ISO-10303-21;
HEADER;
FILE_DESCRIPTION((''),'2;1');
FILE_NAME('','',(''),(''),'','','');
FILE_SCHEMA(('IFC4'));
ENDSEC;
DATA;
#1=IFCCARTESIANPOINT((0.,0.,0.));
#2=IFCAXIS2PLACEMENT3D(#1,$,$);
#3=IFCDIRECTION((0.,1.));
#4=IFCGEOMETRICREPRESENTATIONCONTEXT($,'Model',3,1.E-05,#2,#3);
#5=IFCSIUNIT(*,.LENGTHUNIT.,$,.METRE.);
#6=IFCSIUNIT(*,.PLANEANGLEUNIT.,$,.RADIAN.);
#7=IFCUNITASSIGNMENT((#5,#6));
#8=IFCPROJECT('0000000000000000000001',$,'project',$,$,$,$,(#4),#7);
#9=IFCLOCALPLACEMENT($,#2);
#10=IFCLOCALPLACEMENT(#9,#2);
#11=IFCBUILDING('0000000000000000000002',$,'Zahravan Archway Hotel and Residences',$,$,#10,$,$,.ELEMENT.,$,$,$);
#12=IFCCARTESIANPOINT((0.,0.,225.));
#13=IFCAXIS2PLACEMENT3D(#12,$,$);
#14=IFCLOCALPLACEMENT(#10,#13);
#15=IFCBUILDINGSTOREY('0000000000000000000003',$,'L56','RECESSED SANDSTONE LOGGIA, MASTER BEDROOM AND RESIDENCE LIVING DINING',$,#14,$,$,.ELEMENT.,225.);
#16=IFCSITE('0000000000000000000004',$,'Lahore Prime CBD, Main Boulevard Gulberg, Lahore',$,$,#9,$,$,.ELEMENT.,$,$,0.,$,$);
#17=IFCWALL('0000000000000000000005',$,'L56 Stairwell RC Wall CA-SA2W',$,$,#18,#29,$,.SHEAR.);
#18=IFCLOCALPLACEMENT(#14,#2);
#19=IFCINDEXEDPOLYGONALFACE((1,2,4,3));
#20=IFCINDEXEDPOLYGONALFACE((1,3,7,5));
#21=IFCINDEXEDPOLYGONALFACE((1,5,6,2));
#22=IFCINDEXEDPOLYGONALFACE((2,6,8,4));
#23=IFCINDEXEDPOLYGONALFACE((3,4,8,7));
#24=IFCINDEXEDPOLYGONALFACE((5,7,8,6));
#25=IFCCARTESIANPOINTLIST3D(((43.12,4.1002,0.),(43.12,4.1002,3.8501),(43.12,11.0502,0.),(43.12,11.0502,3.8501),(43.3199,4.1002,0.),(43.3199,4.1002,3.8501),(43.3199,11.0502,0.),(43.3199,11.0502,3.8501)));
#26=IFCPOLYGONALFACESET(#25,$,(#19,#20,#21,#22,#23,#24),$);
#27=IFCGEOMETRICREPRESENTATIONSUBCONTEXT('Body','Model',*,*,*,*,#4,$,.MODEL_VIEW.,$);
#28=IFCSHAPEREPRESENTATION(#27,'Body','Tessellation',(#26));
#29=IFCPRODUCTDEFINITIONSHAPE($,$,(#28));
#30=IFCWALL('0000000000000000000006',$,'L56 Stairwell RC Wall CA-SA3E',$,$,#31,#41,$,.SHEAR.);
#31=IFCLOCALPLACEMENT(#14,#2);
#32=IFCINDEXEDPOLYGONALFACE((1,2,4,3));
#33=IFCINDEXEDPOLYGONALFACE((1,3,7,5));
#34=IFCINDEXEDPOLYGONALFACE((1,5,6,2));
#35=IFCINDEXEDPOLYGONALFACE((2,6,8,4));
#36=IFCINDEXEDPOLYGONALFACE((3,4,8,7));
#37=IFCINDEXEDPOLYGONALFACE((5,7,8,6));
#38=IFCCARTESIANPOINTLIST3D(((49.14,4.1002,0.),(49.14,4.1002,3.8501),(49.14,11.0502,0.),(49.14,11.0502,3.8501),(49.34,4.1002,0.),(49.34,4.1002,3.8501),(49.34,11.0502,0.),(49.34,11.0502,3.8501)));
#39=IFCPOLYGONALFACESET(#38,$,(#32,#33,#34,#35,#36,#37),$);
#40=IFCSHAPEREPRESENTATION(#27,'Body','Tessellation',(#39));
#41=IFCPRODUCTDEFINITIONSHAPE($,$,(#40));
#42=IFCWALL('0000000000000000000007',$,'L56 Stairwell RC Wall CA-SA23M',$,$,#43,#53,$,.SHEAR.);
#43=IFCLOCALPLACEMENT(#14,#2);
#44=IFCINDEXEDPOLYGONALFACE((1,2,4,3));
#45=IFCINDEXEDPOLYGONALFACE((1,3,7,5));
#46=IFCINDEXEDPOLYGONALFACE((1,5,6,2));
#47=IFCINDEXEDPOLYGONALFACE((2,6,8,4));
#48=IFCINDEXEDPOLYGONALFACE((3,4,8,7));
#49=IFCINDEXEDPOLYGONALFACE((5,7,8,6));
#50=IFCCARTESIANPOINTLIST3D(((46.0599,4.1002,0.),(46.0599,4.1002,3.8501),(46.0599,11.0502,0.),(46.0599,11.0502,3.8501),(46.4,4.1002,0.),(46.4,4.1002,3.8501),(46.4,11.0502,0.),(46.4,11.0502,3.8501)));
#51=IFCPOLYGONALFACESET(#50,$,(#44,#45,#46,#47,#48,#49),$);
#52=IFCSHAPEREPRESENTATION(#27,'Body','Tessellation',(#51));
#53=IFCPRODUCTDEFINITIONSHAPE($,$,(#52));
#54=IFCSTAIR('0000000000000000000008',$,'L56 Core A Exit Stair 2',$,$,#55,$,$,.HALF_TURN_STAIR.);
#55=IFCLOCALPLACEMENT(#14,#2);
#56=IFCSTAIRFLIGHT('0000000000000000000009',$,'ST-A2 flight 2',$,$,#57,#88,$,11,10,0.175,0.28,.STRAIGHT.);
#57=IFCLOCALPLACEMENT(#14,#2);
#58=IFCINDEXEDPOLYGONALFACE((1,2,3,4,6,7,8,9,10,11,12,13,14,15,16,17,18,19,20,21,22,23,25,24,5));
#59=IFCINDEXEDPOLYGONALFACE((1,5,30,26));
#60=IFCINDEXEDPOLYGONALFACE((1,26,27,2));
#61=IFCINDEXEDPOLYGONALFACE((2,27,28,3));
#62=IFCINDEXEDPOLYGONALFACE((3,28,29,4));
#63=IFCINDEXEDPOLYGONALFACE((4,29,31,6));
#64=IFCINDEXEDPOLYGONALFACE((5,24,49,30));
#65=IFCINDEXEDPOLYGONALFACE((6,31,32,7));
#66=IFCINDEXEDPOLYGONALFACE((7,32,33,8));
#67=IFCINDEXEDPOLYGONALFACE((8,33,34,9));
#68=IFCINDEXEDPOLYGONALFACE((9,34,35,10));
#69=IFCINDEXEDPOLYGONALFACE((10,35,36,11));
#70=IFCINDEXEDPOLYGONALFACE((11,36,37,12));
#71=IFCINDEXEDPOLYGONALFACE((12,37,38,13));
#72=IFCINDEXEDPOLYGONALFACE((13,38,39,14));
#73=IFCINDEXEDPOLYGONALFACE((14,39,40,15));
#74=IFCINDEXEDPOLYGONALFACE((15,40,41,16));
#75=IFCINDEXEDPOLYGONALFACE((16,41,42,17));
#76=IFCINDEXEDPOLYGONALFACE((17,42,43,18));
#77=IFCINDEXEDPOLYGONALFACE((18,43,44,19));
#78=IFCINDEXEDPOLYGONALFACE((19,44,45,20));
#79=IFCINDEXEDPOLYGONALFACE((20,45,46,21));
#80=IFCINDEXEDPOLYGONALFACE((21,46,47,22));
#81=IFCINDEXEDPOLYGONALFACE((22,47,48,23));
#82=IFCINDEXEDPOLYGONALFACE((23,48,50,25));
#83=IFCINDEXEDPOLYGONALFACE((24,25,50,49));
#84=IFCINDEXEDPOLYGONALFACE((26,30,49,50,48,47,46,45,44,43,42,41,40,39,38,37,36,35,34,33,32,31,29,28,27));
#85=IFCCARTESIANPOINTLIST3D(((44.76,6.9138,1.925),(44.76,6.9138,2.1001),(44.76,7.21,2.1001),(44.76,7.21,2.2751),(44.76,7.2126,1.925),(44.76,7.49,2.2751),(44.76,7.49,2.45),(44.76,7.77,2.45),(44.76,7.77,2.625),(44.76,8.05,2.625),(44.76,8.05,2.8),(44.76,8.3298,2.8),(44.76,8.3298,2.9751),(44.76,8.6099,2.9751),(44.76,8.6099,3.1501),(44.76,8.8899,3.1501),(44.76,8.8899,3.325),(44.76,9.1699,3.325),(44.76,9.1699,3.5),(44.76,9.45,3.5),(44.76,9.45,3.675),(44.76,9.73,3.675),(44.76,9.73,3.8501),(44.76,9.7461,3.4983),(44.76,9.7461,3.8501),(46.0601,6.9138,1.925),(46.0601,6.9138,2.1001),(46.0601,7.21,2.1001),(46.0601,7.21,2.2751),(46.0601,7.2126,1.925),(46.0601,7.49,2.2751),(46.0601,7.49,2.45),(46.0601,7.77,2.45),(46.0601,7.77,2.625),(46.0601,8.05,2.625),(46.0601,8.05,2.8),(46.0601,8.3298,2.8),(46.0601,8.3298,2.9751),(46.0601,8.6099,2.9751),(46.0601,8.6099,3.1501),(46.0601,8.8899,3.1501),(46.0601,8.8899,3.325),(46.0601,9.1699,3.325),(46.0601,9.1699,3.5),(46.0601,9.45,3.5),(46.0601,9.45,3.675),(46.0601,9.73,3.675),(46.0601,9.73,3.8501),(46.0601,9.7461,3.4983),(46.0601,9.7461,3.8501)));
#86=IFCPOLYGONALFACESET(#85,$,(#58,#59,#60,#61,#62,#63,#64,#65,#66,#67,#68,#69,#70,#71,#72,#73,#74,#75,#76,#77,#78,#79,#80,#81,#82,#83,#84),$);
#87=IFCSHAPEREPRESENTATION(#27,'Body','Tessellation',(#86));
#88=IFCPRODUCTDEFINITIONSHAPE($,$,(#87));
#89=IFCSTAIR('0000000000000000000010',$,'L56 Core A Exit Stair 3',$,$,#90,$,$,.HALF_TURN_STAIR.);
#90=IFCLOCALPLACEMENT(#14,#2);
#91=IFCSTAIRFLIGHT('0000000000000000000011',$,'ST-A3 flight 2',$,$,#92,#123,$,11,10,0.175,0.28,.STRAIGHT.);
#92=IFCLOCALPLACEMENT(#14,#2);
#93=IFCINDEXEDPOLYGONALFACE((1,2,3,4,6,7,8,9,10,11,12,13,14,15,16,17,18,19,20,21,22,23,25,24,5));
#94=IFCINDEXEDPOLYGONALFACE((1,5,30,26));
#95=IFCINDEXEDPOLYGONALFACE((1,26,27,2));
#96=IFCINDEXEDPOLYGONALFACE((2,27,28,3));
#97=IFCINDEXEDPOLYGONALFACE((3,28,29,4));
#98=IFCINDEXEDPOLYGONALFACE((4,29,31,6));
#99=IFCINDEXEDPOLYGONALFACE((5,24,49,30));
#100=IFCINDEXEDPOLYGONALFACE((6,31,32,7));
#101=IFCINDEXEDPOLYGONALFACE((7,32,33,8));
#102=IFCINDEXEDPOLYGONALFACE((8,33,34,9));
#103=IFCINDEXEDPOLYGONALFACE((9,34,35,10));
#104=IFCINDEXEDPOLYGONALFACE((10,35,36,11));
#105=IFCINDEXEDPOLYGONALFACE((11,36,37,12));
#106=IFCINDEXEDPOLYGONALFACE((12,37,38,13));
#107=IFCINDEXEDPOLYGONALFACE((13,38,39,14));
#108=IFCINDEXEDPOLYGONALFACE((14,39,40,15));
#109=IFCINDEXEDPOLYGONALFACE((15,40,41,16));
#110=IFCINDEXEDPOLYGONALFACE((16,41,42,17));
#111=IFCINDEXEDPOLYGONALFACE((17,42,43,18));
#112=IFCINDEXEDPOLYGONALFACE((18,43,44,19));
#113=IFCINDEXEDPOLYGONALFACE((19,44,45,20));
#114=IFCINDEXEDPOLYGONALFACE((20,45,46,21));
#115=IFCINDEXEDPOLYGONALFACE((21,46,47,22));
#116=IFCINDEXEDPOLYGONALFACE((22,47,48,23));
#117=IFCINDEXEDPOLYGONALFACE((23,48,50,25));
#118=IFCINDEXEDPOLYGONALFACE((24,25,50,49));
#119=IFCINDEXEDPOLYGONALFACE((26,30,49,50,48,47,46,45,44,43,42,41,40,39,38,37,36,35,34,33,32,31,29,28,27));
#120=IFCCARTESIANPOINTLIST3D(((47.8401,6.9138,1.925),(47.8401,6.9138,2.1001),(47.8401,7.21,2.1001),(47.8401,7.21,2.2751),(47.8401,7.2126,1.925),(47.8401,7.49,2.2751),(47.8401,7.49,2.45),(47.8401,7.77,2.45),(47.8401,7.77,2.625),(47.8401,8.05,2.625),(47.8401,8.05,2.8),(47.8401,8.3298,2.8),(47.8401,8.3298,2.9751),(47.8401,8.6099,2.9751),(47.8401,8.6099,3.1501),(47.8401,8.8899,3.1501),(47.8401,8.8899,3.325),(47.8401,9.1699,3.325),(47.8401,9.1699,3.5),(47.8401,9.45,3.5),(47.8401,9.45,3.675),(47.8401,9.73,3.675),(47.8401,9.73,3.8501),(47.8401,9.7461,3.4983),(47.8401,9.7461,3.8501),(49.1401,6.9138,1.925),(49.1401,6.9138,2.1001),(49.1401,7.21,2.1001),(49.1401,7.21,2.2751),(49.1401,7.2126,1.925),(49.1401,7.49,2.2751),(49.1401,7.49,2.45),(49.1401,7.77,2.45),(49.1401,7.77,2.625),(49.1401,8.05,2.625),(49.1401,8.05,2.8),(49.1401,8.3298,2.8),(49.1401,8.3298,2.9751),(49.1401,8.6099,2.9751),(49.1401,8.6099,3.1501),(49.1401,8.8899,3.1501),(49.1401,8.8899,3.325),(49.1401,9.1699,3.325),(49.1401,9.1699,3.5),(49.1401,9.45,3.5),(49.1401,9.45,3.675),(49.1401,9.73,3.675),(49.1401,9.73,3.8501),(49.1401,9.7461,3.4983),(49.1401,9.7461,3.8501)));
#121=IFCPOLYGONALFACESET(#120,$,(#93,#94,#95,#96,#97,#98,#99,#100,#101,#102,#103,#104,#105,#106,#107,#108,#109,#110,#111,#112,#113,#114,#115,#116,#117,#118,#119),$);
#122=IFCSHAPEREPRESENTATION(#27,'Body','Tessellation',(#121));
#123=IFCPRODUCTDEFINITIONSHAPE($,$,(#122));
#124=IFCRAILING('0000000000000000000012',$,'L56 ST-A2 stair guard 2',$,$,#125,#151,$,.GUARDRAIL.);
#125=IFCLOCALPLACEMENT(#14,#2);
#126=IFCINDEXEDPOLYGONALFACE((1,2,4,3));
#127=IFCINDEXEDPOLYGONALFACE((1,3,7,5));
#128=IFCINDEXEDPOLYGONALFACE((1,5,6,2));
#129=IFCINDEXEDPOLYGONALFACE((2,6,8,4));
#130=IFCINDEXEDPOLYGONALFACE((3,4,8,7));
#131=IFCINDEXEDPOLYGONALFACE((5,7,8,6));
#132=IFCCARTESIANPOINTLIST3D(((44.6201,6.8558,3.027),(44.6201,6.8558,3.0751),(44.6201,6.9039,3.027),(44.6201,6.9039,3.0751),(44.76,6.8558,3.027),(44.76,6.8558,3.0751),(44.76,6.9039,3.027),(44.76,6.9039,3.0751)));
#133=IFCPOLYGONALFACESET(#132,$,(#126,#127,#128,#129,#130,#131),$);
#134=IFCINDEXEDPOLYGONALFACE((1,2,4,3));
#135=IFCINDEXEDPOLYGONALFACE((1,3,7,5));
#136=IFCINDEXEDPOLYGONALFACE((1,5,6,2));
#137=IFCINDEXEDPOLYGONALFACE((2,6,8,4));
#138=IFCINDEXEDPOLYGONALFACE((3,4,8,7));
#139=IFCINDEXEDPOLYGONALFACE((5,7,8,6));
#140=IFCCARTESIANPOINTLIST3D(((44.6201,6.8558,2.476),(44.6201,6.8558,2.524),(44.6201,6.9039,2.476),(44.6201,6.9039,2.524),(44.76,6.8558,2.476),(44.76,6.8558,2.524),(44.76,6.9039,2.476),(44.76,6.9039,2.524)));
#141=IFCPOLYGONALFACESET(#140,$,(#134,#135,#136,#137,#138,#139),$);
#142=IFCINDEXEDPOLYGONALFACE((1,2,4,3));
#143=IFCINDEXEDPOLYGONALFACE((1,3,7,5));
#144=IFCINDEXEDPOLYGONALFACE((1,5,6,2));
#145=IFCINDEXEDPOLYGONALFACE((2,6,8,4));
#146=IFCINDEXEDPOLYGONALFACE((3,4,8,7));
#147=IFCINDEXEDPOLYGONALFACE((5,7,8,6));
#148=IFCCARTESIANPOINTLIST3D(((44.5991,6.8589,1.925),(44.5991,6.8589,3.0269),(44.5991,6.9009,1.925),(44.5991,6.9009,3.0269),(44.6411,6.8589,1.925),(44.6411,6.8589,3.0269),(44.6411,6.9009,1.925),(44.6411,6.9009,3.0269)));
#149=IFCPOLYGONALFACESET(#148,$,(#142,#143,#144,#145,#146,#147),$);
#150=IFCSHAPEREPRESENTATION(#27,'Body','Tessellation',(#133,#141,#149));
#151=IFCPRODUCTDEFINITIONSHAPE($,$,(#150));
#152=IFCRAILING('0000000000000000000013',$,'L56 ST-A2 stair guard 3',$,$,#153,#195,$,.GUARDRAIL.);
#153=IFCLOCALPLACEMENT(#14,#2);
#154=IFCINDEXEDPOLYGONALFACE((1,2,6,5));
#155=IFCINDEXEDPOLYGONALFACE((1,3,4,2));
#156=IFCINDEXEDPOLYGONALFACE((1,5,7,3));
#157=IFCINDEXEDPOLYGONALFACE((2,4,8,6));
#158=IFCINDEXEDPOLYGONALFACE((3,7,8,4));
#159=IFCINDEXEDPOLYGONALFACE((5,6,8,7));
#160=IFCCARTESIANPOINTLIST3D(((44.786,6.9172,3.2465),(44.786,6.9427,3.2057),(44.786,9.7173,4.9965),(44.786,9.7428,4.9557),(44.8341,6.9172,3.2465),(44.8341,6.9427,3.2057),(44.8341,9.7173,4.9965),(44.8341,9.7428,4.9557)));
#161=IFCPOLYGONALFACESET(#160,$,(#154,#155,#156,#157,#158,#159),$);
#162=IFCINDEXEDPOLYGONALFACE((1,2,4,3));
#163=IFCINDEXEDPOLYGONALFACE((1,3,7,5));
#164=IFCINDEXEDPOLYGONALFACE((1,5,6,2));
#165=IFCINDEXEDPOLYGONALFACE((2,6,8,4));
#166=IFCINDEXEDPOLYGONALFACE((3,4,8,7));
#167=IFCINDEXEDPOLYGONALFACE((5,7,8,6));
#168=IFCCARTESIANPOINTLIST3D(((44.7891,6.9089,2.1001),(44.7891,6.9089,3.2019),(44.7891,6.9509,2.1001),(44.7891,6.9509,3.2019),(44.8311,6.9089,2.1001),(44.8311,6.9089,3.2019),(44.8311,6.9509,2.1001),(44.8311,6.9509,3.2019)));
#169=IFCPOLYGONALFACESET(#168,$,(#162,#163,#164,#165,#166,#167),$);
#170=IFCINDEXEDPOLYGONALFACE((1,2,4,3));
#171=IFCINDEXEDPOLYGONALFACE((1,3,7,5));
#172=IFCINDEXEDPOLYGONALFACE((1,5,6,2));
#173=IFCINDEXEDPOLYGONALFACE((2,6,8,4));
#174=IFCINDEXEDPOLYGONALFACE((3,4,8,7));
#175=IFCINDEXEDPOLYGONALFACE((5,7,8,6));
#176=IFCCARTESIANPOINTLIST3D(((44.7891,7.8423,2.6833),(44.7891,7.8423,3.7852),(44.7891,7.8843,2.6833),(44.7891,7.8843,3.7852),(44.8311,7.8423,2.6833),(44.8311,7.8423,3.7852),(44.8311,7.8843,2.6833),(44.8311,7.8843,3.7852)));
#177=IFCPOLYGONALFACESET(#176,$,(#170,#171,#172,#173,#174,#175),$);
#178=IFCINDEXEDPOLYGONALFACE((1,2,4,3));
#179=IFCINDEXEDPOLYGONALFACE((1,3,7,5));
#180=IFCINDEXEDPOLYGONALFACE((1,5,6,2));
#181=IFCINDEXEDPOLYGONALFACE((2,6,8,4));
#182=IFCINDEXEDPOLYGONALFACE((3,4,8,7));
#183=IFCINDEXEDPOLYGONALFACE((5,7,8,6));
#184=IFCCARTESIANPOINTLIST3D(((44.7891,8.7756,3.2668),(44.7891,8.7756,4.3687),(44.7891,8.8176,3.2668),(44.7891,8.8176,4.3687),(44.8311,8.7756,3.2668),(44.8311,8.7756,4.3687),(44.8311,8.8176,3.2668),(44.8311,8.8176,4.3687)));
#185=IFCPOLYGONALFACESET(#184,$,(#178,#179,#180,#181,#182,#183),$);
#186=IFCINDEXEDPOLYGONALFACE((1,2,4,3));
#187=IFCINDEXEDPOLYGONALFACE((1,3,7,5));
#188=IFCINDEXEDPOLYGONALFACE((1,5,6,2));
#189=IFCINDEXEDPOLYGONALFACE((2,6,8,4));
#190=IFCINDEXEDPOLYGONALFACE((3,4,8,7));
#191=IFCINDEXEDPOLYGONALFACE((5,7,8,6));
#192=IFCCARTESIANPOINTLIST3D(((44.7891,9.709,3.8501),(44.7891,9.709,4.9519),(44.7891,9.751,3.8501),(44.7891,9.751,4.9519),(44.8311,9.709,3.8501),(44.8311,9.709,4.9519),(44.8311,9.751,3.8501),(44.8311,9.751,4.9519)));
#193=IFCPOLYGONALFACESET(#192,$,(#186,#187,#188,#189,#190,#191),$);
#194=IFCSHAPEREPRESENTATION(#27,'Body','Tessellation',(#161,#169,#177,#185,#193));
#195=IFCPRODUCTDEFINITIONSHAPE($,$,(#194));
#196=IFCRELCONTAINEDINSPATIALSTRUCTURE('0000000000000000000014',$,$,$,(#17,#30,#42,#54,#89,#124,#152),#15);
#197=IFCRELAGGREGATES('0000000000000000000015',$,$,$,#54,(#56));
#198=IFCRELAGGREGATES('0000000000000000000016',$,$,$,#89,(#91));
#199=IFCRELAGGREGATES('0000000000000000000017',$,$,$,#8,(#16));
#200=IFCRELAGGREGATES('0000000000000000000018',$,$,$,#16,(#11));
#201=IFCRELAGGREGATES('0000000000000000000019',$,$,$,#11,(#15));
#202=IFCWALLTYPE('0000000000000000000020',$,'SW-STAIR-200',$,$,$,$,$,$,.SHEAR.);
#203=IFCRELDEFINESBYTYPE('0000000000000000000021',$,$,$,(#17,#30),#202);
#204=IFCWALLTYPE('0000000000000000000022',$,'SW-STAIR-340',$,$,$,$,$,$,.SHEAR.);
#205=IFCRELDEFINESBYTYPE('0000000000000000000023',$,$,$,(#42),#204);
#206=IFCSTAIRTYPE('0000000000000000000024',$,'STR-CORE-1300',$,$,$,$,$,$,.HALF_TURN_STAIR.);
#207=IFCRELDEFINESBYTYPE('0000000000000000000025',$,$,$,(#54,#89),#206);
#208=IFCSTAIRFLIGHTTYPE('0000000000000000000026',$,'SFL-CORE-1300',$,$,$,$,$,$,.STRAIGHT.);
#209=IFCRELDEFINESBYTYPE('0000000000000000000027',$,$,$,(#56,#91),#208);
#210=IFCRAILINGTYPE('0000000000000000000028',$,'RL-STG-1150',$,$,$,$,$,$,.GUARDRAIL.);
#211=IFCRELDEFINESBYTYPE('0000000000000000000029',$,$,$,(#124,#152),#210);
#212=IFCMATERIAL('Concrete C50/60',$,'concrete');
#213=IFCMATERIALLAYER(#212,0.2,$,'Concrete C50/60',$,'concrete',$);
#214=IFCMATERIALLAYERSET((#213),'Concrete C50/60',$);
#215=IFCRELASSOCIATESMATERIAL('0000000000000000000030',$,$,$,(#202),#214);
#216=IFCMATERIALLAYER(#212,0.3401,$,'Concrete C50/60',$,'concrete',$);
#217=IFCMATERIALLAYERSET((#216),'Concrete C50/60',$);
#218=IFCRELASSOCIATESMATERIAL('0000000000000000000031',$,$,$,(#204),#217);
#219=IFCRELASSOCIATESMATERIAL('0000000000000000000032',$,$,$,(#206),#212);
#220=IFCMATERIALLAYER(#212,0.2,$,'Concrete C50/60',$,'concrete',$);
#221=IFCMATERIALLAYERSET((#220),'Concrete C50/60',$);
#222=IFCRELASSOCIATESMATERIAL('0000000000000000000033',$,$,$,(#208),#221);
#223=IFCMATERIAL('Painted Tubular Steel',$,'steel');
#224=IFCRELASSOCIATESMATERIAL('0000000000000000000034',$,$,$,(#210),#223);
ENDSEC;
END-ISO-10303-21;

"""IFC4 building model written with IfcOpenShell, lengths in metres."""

from ifc_helpers import new_model, si_unit, direction, frame, frame_2d, origin, origin_2d, place, context, subcontext, project, spatial, polyline, rectangle, outline, extrude, source, transform, mapped, material, layer, layer_set, type_object, element, aggregate, save


model = new_model("IFC4")

# Units and contexts
model_context = context("Model", 3, precision=1e-05, world=origin(), true_north=direction((0.0, 1.0)))
body_context = subcontext(model_context, "Body", "Model", "MODEL_VIEW")
ifc_project = project(units=[si_unit("LENGTHUNIT", "METRE"), si_unit("PLANEANGLEUNIT", "RADIAN")], contexts=[model_context])

# Site, building, storey
site_placement = place(None, origin())
site = spatial("IfcSite", under=ifc_project, at=site_placement, Name="Lahore Prime CBD, Main Boulevard Gulberg, Lahore", CompositionType="ELEMENT", RefElevation=0.0)
building_placement = place(site_placement, origin())
building = spatial("IfcBuilding", under=site, at=building_placement, Name="Zahravan Archway Hotel and Residences", CompositionType="ELEMENT")
storey_placement = place(building_placement, frame((0.0, 0.0, 225.0)))
storey = spatial("IfcBuildingStorey", under=building, at=storey_placement, Name="L56", Description="RECESSED SANDSTONE LOGGIA, MASTER BEDROOM AND RESIDENCE LIVING DINING", CompositionType="ELEMENT", Elevation=225.0)

# Shared definitions
ifc_material_1 = material(Name="Concrete C50/60", Category="concrete")

# Walls
ifc_layer_1 = layer(ifc_material_1, 0.2, Name="Concrete C50/60", Category="concrete")
ifc_layer_set_1 = layer_set([ifc_layer_1], Name="Concrete C50/60")
wall_type_1 = type_object("IfcWallType", Name="SW-STAIR-200", PredefinedType="SHEAR", material=ifc_layer_set_1)
for number, where, z_axis, x_axis, name in (
    (1, (43.22, 4.1001, 0.0), (0.0, 0.0, 1.0), (0.0, 1.0, 0.0), "L56 Stairwell RC Wall CA-SA2W"),
    (2, (49.24, 4.1001, 0.0), (0.0, 0.0, 1.0), (0.0, 1.0, 0.0), "L56 Stairwell RC Wall CA-SA3E"),
):
    element("IfcWall", number, at=place(storey_placement, frame(where, z_axis=z_axis, x_axis=x_axis)), inside=storey, type_object=wall_type_1, Name=name, PredefinedType="SHEAR", context=body_context, shape_type="SweptSolid", body=[
        extrude(rectangle(XDim=6.95, YDim=0.2, at=frame_2d((3.4751, 0.0))), origin(), (0.0, 0.0, 1.0), 3.8501),
    ])
ifc_layer_2 = layer(ifc_material_1, 0.3401, Name="Concrete C50/60", Category="concrete")
ifc_layer_set_2 = layer_set([ifc_layer_2], Name="Concrete C50/60")
wall_type_2 = type_object("IfcWallType", Name="SW-STAIR-340", PredefinedType="SHEAR", material=ifc_layer_set_2)
wall_1_placement = place(storey_placement, frame((46.23, 4.1001, 0.0), z_axis=(0.0, 0.0, 1.0), x_axis=(0.0, 1.0, 0.0)))
element("IfcWall", 3, at=wall_1_placement, inside=storey, type_object=wall_type_2, Name="L56 Stairwell RC Wall CA-SA23M", PredefinedType="SHEAR", context=body_context, shape_type="SweptSolid", body=[
    extrude(rectangle(XDim=6.95, YDim=0.3401, at=frame_2d((3.4751, 0.0))), origin(), (0.0, 0.0, 1.0), 3.8501),
])

# Stairs, stair flights
stair_type = type_object("IfcStairType", Name="STR-CORE-1300", PredefinedType="HALF_TURN_STAIR", material=ifc_material_1)
stair_1_placement = place(storey_placement, origin())
stair_1 = element("IfcStair", 4, at=stair_1_placement, inside=storey, type_object=stair_type, Name="L56 Core A Exit Stair 2", PredefinedType="HALF_TURN_STAIR")
ifc_layer_3 = layer(ifc_material_1, 0.2, Name="Concrete C50/60", Category="concrete")
ifc_layer_set_3 = layer_set([ifc_layer_3], Name="Concrete C50/60")
stair_flight_type = type_object("IfcStairFlightType", Name="SFL-CORE-1300", PredefinedType="STRAIGHT", material=ifc_layer_set_3)
shared_shape_1 = source(origin(), body_context, "Body", "SweptSolid", [
    extrude(outline(polyline([(-0.0161, 0.0), (-0.0161, 0.175), (0.28, 0.175), (0.28, 0.3501), (0.5601, 0.3501), (0.5601, 0.5249), (0.8401, 0.5249), (0.8401, 0.7), (1.1201, 0.7), (1.1201, 0.875), (1.3999, 0.875), (1.3999, 1.05), (1.6799, 1.05), (1.6799, 1.2251), (1.96, 1.2251), (1.96, 1.3999), (2.24, 1.3999), (2.24, 1.575), (2.52, 1.575), (2.52, 1.75), (2.8, 1.75), (2.8, 1.925), (2.8162, 1.925), (2.8162, 1.5732), (0.2827, 0.0), (-0.0161, 0.0)])), frame((0.0, 0.6499, 0.0), z_axis=(0.0, -1.0, 0.0), x_axis=(1.0, 0.0, 0.0)), (0.0, 0.0, 1.0), 1.3),
])
stair_flight_1_placement = place(storey_placement, frame((45.4099, 6.9299, 1.925), z_axis=(0.0, 0.0, 1.0), x_axis=(0.0, 1.0, 0.0)))
stair_flight_1 = element("IfcStairFlight", 5, at=stair_flight_1_placement, type_object=stair_flight_type, Name="ST-A2 flight 2", NumberOfRisers=11, NumberOfTreads=10, PredefinedType="STRAIGHT", RiserHeight=0.175, TreadLength=0.28, context=body_context, shape_type="MappedRepresentation", body=[
    mapped(shared_shape_1, transform((0.0, 0.0, 0.0), scale=1.0)),
])
aggregate(stair_1, [stair_flight_1])
stair_2_placement = place(storey_placement, origin())
stair_2 = element("IfcStair", 6, at=stair_2_placement, inside=storey, type_object=stair_type, Name="L56 Core A Exit Stair 3", PredefinedType="HALF_TURN_STAIR")
stair_flight_2_placement = place(storey_placement, frame((48.49, 6.9299, 1.925), z_axis=(0.0, 0.0, 1.0), x_axis=(0.0, 1.0, 0.0)))
stair_flight_2 = element("IfcStairFlight", 7, at=stair_flight_2_placement, type_object=stair_flight_type, Name="ST-A3 flight 2", NumberOfRisers=11, NumberOfTreads=10, PredefinedType="STRAIGHT", RiserHeight=0.175, TreadLength=0.28, context=body_context, shape_type="MappedRepresentation", body=[
    mapped(shared_shape_1, transform((0.0, 0.0, 0.0), scale=1.0)),
])
aggregate(stair_2, [stair_flight_2])

# Railings
ifc_material_2 = material(Name="Painted Tubular Steel", Category="steel")
railing_type_1 = type_object("IfcRailingType", Name="RL-STG-1150", PredefinedType="GUARDRAIL", material=ifc_material_2)
railing_1_placement = place(storey_placement, frame((44.6201, 6.8799, 1.925)))
element("IfcRailing", 8, at=railing_1_placement, inside=storey, type_object=railing_type_1, Name="L56 ST-A2 stair guard 2", PredefinedType="GUARDRAIL", context=body_context, shape_type="SweptSolid", body=[
    extrude(rectangle(XDim=0.0481, YDim=0.0481, at=origin_2d()), frame((0.0, 0.0, 1.126), z_axis=(1.0, 0.0, 0.0), x_axis=(0.0, 1.0, 0.0)), (0.0, 0.0, 1.0), 0.1399),
    extrude(rectangle(XDim=0.0481, YDim=0.0481, at=origin_2d()), frame((0.0, 0.0, 0.575), z_axis=(1.0, 0.0, 0.0), x_axis=(0.0, 1.0, 0.0)), (0.0, 0.0, 1.0), 0.1399),
    extrude(rectangle(XDim=0.042, YDim=0.042, at=origin_2d()), origin(), (0.0, 0.0, 1.0), 1.1018),
])
railing_2_placement = place(storey_placement, frame((44.8101, 6.9299, 2.1001)))
element("IfcRailing", 9, at=railing_2_placement, inside=storey, type_object=railing_type_1, Name="L56 ST-A2 stair guard 3", PredefinedType="GUARDRAIL", context=body_context, shape_type="SweptSolid", body=[
    extrude(rectangle(XDim=0.0481, YDim=0.0481, at=origin_2d()), frame((0.0, 0.0, 1.126), z_axis=(0.0, 0.848002, 0.529992), x_axis=(-1.0, 0.0, 0.0)), (0.0, 0.0, 1.0), 3.302),
    extrude(rectangle(XDim=0.042, YDim=0.042, at=origin_2d()), origin(), (0.0, 0.0, 1.0), 1.1018),
    extrude(rectangle(XDim=0.042, YDim=0.042, at=origin_2d()), frame((0.0, 0.9333, 0.5833)), (0.0, 0.0, 1.0), 1.1018),
    extrude(rectangle(XDim=0.042, YDim=0.042, at=origin_2d()), frame((0.0, 1.8667, 1.1667)), (0.0, 0.0, 1.0), 1.1018),
    extrude(rectangle(XDim=0.042, YDim=0.042, at=origin_2d()), frame((0.0, 2.8, 1.75)), (0.0, 0.0, 1.0), 1.1018),
])

save(model, "model.ifc")
